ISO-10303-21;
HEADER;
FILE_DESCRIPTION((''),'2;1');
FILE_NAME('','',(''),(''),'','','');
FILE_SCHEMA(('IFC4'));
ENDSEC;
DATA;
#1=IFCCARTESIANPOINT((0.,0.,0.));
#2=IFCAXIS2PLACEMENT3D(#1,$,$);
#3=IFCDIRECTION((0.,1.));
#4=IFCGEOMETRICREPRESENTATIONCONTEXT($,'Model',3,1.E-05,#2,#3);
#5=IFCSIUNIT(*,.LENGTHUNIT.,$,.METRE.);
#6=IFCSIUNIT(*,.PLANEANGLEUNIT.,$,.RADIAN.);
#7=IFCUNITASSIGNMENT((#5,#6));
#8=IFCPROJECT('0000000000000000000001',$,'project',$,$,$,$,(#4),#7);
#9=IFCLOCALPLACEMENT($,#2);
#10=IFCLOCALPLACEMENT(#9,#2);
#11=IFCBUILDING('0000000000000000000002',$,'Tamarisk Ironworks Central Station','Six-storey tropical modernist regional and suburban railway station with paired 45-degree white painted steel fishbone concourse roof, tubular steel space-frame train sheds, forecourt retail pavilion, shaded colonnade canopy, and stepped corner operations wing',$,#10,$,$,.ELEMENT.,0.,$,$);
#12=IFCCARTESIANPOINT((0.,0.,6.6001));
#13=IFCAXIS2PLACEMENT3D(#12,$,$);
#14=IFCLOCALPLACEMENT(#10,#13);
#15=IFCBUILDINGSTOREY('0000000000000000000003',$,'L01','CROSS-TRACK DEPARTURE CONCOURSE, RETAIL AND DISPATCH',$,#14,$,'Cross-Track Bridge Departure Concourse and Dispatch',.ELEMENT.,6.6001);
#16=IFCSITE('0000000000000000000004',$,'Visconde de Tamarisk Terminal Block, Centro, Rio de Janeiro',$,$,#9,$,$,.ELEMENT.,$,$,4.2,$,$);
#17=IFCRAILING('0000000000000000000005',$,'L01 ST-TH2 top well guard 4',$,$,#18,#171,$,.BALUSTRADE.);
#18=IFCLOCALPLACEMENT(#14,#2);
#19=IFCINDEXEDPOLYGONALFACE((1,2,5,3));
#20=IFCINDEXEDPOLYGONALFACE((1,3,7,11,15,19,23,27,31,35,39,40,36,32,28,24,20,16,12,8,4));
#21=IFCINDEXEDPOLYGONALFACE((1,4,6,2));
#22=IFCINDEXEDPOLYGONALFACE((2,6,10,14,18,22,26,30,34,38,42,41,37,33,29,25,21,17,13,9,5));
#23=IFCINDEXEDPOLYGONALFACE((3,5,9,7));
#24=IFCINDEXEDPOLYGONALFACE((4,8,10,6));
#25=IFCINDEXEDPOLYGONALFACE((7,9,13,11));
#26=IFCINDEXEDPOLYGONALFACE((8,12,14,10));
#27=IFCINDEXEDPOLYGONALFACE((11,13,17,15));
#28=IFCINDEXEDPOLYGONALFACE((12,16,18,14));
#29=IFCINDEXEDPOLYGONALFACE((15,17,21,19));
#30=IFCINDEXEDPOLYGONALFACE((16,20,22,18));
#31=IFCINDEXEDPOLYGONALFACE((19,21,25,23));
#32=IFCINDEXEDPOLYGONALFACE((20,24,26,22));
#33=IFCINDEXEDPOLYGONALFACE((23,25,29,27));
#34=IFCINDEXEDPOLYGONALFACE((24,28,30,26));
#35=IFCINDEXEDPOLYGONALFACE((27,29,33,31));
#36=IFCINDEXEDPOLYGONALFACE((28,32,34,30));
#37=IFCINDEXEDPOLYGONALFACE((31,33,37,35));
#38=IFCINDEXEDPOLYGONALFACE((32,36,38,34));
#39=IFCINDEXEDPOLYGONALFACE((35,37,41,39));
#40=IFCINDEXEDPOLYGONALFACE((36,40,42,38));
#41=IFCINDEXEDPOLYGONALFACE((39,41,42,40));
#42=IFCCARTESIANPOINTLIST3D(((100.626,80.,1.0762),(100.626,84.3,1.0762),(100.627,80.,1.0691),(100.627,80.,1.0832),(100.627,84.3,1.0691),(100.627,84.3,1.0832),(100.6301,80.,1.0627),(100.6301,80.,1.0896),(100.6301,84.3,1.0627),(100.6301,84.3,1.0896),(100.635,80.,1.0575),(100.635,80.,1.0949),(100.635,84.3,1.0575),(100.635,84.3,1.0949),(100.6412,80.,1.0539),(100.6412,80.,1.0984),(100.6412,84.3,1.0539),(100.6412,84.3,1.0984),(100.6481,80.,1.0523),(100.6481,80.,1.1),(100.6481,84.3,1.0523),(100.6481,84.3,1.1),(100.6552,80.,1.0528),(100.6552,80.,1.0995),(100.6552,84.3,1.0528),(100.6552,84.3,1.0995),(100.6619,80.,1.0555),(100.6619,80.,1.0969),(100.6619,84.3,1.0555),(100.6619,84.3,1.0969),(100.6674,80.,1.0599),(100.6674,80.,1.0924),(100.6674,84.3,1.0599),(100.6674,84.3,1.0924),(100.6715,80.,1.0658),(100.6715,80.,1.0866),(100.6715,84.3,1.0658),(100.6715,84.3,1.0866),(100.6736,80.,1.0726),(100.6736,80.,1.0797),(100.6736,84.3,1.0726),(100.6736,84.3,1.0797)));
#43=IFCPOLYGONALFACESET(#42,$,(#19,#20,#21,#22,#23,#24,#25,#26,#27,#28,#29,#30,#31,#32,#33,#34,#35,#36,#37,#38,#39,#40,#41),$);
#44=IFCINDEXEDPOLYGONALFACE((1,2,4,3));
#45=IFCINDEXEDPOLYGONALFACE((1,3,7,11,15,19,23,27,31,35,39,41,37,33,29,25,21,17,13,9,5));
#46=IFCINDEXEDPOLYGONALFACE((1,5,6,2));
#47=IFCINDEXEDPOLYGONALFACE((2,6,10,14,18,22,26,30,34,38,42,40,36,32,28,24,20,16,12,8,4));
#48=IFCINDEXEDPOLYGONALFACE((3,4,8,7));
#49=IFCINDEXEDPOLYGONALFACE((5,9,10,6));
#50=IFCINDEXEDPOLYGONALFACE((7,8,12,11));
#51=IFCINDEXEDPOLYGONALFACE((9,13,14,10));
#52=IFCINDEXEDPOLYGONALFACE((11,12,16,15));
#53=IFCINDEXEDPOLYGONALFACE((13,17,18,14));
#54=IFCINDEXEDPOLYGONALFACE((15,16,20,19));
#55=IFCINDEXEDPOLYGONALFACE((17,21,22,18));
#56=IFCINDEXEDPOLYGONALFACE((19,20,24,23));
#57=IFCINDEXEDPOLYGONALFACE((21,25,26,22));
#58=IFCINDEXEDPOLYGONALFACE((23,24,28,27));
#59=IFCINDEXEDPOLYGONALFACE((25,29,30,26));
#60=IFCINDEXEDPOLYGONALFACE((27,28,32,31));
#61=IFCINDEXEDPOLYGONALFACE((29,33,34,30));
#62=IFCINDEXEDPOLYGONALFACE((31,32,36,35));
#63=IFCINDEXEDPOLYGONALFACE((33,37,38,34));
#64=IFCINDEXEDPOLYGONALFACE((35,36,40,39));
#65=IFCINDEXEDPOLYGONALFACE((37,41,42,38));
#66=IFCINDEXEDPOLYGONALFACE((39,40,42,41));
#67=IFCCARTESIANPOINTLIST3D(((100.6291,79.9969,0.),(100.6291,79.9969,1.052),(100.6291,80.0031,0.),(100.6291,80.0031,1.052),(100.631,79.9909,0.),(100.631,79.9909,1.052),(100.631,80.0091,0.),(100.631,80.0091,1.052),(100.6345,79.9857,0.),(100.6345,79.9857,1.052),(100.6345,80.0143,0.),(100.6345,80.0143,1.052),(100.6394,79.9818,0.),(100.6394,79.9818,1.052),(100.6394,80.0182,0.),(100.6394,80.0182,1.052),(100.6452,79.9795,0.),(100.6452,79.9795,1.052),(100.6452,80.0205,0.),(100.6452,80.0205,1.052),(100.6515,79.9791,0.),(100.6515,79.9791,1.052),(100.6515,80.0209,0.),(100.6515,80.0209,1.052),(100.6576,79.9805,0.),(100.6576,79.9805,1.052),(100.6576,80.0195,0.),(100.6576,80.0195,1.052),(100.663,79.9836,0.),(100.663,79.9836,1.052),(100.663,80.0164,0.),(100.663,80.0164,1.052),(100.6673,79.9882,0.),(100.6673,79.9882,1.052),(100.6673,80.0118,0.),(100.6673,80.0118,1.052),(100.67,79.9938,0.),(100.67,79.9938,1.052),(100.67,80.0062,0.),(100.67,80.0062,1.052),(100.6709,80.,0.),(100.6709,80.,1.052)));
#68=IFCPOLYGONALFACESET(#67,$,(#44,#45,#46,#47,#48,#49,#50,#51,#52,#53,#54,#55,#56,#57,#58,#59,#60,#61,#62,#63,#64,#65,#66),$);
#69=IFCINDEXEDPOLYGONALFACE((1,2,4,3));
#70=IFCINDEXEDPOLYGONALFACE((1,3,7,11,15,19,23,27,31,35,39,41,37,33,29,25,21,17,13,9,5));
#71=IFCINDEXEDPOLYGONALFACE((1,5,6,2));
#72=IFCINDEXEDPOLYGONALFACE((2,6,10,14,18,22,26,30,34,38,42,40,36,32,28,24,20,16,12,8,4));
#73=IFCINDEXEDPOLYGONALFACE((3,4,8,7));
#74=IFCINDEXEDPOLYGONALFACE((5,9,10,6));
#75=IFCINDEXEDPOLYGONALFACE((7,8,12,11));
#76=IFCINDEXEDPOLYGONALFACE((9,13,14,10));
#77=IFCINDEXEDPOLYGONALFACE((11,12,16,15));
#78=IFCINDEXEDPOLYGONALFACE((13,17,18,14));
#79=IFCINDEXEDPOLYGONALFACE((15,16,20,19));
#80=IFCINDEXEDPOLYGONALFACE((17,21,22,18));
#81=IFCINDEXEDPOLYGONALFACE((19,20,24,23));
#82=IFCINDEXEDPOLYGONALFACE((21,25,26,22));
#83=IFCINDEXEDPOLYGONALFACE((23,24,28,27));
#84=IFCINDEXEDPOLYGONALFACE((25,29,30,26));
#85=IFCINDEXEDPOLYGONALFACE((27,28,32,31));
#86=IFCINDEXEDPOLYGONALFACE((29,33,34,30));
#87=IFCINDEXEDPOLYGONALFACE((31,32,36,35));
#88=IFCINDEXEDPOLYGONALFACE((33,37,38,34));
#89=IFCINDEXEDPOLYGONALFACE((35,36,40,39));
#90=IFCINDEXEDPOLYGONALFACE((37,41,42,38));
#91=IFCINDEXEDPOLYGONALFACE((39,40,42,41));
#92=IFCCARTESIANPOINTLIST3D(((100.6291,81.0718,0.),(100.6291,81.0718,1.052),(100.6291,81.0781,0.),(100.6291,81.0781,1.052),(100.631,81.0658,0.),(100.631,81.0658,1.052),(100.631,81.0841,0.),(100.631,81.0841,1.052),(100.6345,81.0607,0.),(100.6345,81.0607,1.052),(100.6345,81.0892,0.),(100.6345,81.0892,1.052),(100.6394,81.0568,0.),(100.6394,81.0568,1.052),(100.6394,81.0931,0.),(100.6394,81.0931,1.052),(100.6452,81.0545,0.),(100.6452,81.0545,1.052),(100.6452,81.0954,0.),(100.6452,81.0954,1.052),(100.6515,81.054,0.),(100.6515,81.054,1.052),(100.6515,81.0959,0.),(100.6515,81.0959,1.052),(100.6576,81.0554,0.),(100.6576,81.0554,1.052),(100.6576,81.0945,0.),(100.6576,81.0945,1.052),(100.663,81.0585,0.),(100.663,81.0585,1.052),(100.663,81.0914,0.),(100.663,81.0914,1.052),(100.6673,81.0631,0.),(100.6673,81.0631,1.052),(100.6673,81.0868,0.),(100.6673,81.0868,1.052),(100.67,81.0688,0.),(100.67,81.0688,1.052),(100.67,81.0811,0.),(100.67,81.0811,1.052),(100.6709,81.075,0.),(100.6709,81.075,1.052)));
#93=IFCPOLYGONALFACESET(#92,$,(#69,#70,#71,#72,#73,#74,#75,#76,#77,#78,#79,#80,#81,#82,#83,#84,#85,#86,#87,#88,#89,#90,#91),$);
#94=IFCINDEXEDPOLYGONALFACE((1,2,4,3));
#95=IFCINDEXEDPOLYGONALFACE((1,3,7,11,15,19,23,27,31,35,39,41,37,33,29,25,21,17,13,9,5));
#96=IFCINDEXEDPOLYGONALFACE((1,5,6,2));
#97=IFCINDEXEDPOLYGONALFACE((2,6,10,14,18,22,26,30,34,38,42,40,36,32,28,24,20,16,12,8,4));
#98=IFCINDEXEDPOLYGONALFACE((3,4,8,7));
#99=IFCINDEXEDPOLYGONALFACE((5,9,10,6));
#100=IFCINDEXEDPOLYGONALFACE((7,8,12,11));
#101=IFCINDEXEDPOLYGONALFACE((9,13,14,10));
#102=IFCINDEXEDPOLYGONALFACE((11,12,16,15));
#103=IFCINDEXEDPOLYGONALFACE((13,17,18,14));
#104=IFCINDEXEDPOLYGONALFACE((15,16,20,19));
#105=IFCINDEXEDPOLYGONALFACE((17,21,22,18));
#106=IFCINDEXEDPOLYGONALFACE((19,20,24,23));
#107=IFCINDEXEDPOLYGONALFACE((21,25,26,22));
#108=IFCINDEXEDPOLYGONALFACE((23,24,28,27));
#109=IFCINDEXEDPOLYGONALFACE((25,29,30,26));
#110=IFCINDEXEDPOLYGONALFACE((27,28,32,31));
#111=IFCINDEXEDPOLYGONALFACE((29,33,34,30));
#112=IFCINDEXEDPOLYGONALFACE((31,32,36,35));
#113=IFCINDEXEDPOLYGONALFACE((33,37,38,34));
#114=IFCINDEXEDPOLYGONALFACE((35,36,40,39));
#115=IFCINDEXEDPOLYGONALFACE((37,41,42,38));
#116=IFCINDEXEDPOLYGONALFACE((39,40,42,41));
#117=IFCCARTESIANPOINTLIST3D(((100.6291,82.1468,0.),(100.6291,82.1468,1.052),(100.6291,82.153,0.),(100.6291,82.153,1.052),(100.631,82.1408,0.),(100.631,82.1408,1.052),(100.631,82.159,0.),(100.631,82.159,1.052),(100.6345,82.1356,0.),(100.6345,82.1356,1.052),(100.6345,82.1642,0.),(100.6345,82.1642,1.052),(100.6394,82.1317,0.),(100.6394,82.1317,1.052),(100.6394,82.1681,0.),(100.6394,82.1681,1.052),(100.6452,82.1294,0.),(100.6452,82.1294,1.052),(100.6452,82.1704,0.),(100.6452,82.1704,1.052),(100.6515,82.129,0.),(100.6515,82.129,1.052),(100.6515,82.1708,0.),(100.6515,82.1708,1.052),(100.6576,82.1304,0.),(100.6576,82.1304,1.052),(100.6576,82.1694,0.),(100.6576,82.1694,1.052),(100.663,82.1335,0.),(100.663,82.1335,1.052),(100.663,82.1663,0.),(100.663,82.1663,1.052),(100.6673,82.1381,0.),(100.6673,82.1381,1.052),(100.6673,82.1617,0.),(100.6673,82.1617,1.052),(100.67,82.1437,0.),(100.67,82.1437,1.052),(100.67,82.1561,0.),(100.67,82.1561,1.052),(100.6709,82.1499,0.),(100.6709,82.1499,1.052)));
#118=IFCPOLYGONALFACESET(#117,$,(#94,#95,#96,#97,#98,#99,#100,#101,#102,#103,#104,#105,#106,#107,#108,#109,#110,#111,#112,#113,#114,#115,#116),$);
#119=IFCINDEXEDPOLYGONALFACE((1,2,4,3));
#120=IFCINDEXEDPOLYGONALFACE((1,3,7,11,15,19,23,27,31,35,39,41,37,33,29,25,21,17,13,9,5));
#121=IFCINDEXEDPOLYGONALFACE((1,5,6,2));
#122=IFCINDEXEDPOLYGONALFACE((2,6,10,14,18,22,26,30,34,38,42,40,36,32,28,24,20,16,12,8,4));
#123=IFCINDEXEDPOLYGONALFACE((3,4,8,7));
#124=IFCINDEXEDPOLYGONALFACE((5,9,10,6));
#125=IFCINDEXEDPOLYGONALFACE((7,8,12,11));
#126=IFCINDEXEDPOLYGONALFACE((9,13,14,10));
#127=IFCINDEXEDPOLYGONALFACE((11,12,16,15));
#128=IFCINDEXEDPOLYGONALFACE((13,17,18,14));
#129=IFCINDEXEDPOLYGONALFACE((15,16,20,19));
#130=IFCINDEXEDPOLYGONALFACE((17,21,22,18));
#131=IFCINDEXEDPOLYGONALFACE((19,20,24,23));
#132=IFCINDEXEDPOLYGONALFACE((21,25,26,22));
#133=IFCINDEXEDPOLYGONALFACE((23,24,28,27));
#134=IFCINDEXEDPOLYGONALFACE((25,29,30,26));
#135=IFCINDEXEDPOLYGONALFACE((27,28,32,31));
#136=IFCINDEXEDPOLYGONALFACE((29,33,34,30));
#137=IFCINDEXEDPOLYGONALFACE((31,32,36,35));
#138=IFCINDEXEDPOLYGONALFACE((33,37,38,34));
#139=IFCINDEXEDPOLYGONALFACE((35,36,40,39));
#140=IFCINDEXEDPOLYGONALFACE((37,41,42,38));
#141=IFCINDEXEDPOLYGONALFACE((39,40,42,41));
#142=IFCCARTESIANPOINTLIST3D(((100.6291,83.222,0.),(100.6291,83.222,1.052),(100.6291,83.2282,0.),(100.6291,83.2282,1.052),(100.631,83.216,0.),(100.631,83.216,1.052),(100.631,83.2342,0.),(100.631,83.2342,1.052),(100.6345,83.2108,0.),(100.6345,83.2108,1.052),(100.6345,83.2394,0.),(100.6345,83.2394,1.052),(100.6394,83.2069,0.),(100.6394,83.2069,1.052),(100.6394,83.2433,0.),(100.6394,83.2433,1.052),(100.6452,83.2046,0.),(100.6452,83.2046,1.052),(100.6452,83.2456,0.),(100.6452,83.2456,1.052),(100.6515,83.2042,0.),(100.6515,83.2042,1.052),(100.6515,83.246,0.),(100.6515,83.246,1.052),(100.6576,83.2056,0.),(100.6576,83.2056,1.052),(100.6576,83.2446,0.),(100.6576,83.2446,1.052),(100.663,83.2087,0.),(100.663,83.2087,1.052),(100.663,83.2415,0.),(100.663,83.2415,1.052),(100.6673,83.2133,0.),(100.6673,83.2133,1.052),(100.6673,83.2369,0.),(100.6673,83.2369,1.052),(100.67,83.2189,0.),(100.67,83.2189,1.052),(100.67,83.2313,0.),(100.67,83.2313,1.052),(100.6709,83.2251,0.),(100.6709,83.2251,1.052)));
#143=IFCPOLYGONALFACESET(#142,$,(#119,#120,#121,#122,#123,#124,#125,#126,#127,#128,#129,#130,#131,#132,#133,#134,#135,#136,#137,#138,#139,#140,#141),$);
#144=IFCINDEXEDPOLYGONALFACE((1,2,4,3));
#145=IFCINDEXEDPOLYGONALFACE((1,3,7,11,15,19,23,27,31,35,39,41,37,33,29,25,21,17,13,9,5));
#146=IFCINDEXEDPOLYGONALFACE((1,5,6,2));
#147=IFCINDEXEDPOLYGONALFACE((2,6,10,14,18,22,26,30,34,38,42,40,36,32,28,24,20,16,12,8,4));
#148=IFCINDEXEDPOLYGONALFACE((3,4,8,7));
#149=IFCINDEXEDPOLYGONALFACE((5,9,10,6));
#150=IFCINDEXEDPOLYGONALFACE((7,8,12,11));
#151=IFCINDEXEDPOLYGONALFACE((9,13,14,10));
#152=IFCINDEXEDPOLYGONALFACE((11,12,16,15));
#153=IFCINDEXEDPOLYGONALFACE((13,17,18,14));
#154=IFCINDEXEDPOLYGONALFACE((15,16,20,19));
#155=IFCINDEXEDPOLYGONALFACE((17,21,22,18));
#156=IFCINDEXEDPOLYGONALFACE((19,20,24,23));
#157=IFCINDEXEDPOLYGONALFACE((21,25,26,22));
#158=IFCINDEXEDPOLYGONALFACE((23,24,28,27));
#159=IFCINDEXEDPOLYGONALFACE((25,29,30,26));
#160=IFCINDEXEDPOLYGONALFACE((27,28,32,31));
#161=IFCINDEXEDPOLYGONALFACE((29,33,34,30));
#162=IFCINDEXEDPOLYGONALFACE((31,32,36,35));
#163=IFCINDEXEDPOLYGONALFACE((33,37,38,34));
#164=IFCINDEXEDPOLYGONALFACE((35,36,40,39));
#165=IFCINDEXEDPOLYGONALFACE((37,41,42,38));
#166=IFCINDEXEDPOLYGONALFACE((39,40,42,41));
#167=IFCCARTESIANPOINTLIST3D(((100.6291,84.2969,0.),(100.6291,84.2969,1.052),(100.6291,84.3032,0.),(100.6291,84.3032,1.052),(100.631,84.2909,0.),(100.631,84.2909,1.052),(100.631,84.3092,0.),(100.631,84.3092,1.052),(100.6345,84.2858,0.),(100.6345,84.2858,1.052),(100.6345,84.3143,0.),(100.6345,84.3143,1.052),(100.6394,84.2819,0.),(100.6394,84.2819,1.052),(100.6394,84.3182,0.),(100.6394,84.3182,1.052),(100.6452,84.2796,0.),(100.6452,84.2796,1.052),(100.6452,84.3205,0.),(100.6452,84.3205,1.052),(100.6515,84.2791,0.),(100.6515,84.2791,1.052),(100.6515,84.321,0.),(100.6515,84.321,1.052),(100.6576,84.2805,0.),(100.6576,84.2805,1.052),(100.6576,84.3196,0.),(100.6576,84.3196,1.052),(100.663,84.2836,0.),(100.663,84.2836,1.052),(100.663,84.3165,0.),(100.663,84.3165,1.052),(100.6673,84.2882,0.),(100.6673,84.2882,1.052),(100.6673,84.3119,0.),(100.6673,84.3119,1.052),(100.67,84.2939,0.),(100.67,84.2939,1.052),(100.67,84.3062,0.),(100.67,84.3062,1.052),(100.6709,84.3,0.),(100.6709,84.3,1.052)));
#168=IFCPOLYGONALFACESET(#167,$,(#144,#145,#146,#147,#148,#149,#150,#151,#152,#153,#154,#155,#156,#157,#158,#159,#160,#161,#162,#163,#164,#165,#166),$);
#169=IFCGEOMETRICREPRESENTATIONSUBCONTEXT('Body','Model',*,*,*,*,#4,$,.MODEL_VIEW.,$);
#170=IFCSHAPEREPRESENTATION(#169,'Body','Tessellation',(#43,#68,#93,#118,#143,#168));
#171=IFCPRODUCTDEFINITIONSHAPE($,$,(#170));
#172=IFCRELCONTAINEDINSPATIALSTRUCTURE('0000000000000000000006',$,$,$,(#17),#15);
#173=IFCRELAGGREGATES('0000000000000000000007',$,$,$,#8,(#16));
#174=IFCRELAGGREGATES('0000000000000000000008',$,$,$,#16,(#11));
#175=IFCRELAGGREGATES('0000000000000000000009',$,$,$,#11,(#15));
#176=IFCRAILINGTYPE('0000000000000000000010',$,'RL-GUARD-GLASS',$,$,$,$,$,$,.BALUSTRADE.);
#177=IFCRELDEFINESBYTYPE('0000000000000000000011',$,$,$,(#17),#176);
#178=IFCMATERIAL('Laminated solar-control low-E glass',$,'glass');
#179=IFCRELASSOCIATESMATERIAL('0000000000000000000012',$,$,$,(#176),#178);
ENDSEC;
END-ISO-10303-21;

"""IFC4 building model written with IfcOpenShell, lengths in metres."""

from ifc_helpers import new_model, si_unit, direction, frame, origin, origin_2d, place, context, subcontext, project, spatial, circle, extrude, material, type_object, element, save


model = new_model("IFC4")

# Units and contexts
model_context = context("Model", 3, precision=1e-05, world=origin(), true_north=direction((0.0, 1.0)))
body_context = subcontext(model_context, "Body", "Model", "MODEL_VIEW")
ifc_project = project(units=[si_unit("LENGTHUNIT", "METRE"), si_unit("PLANEANGLEUNIT", "RADIAN")], contexts=[model_context])

# Site, building, storey
site_placement = place(None, origin())
site = spatial("IfcSite", under=ifc_project, at=site_placement, Name="Visconde de Tamarisk Terminal Block, Centro, Rio de Janeiro", CompositionType="ELEMENT", RefElevation=4.2)
building_placement = place(site_placement, origin())
building = spatial("IfcBuilding", under=site, at=building_placement, Name="Tamarisk Ironworks Central Station", Description="Six-storey tropical modernist regional and suburban railway station with paired 45-degree white painted steel fishbone concourse roof, tubular steel space-frame train sheds, forecourt retail pavilion, shaded colonnade canopy, and stepped corner operations wing", CompositionType="ELEMENT", ElevationOfRefHeight=0.0)
storey_placement = place(building_placement, frame((0.0, 0.0, 6.6001)))
storey = spatial("IfcBuildingStorey", under=building, at=storey_placement, Name="L01", Description="CROSS-TRACK DEPARTURE CONCOURSE, RETAIL AND DISPATCH", LongName="Cross-Track Bridge Departure Concourse and Dispatch", CompositionType="ELEMENT", Elevation=6.6001)

# Shared definitions
ifc_material_1 = material(Name="Laminated solar-control low-E glass", Category="glass")

# Railing
railing_type = type_object("IfcRailingType", Name="RL-GUARD-GLASS", PredefinedType="BALUSTRADE", material=ifc_material_1)
railing_1_placement = place(storey_placement, frame((100.6499, 80.0, 0.0)))
element("IfcRailing", 1, at=railing_1_placement, inside=storey, type_object=railing_type, Name="L01 ST-TH2 top well guard 4", PredefinedType="BALUSTRADE", context=body_context, shape_type="SweptSolid", body=[
    extrude(circle(Radius=0.0239, at=origin_2d()), frame((0.0, 0.0, 1.0762), z_axis=(0.0, 1.0, 0.0), x_axis=(-1.0, 0.0, 0.0)), (0.0, 0.0, 1.0), 4.3),
    extrude(circle(Radius=0.021, at=origin_2d()), origin(), (0.0, 0.0, 1.0), 1.052),
    extrude(circle(Radius=0.021, at=origin_2d()), frame((0.0, 1.075, 0.0)), (0.0, 0.0, 1.0), 1.052),
    extrude(circle(Radius=0.021, at=origin_2d()), frame((0.0, 2.1499, 0.0)), (0.0, 0.0, 1.0), 1.052),
    extrude(circle(Radius=0.021, at=origin_2d()), frame((0.0, 3.2251, 0.0)), (0.0, 0.0, 1.0), 1.052),
    extrude(circle(Radius=0.021, at=origin_2d()), frame((0.0, 4.3, 0.0)), (0.0, 0.0, 1.0), 1.052),
])

save(model, "model.ifc")
